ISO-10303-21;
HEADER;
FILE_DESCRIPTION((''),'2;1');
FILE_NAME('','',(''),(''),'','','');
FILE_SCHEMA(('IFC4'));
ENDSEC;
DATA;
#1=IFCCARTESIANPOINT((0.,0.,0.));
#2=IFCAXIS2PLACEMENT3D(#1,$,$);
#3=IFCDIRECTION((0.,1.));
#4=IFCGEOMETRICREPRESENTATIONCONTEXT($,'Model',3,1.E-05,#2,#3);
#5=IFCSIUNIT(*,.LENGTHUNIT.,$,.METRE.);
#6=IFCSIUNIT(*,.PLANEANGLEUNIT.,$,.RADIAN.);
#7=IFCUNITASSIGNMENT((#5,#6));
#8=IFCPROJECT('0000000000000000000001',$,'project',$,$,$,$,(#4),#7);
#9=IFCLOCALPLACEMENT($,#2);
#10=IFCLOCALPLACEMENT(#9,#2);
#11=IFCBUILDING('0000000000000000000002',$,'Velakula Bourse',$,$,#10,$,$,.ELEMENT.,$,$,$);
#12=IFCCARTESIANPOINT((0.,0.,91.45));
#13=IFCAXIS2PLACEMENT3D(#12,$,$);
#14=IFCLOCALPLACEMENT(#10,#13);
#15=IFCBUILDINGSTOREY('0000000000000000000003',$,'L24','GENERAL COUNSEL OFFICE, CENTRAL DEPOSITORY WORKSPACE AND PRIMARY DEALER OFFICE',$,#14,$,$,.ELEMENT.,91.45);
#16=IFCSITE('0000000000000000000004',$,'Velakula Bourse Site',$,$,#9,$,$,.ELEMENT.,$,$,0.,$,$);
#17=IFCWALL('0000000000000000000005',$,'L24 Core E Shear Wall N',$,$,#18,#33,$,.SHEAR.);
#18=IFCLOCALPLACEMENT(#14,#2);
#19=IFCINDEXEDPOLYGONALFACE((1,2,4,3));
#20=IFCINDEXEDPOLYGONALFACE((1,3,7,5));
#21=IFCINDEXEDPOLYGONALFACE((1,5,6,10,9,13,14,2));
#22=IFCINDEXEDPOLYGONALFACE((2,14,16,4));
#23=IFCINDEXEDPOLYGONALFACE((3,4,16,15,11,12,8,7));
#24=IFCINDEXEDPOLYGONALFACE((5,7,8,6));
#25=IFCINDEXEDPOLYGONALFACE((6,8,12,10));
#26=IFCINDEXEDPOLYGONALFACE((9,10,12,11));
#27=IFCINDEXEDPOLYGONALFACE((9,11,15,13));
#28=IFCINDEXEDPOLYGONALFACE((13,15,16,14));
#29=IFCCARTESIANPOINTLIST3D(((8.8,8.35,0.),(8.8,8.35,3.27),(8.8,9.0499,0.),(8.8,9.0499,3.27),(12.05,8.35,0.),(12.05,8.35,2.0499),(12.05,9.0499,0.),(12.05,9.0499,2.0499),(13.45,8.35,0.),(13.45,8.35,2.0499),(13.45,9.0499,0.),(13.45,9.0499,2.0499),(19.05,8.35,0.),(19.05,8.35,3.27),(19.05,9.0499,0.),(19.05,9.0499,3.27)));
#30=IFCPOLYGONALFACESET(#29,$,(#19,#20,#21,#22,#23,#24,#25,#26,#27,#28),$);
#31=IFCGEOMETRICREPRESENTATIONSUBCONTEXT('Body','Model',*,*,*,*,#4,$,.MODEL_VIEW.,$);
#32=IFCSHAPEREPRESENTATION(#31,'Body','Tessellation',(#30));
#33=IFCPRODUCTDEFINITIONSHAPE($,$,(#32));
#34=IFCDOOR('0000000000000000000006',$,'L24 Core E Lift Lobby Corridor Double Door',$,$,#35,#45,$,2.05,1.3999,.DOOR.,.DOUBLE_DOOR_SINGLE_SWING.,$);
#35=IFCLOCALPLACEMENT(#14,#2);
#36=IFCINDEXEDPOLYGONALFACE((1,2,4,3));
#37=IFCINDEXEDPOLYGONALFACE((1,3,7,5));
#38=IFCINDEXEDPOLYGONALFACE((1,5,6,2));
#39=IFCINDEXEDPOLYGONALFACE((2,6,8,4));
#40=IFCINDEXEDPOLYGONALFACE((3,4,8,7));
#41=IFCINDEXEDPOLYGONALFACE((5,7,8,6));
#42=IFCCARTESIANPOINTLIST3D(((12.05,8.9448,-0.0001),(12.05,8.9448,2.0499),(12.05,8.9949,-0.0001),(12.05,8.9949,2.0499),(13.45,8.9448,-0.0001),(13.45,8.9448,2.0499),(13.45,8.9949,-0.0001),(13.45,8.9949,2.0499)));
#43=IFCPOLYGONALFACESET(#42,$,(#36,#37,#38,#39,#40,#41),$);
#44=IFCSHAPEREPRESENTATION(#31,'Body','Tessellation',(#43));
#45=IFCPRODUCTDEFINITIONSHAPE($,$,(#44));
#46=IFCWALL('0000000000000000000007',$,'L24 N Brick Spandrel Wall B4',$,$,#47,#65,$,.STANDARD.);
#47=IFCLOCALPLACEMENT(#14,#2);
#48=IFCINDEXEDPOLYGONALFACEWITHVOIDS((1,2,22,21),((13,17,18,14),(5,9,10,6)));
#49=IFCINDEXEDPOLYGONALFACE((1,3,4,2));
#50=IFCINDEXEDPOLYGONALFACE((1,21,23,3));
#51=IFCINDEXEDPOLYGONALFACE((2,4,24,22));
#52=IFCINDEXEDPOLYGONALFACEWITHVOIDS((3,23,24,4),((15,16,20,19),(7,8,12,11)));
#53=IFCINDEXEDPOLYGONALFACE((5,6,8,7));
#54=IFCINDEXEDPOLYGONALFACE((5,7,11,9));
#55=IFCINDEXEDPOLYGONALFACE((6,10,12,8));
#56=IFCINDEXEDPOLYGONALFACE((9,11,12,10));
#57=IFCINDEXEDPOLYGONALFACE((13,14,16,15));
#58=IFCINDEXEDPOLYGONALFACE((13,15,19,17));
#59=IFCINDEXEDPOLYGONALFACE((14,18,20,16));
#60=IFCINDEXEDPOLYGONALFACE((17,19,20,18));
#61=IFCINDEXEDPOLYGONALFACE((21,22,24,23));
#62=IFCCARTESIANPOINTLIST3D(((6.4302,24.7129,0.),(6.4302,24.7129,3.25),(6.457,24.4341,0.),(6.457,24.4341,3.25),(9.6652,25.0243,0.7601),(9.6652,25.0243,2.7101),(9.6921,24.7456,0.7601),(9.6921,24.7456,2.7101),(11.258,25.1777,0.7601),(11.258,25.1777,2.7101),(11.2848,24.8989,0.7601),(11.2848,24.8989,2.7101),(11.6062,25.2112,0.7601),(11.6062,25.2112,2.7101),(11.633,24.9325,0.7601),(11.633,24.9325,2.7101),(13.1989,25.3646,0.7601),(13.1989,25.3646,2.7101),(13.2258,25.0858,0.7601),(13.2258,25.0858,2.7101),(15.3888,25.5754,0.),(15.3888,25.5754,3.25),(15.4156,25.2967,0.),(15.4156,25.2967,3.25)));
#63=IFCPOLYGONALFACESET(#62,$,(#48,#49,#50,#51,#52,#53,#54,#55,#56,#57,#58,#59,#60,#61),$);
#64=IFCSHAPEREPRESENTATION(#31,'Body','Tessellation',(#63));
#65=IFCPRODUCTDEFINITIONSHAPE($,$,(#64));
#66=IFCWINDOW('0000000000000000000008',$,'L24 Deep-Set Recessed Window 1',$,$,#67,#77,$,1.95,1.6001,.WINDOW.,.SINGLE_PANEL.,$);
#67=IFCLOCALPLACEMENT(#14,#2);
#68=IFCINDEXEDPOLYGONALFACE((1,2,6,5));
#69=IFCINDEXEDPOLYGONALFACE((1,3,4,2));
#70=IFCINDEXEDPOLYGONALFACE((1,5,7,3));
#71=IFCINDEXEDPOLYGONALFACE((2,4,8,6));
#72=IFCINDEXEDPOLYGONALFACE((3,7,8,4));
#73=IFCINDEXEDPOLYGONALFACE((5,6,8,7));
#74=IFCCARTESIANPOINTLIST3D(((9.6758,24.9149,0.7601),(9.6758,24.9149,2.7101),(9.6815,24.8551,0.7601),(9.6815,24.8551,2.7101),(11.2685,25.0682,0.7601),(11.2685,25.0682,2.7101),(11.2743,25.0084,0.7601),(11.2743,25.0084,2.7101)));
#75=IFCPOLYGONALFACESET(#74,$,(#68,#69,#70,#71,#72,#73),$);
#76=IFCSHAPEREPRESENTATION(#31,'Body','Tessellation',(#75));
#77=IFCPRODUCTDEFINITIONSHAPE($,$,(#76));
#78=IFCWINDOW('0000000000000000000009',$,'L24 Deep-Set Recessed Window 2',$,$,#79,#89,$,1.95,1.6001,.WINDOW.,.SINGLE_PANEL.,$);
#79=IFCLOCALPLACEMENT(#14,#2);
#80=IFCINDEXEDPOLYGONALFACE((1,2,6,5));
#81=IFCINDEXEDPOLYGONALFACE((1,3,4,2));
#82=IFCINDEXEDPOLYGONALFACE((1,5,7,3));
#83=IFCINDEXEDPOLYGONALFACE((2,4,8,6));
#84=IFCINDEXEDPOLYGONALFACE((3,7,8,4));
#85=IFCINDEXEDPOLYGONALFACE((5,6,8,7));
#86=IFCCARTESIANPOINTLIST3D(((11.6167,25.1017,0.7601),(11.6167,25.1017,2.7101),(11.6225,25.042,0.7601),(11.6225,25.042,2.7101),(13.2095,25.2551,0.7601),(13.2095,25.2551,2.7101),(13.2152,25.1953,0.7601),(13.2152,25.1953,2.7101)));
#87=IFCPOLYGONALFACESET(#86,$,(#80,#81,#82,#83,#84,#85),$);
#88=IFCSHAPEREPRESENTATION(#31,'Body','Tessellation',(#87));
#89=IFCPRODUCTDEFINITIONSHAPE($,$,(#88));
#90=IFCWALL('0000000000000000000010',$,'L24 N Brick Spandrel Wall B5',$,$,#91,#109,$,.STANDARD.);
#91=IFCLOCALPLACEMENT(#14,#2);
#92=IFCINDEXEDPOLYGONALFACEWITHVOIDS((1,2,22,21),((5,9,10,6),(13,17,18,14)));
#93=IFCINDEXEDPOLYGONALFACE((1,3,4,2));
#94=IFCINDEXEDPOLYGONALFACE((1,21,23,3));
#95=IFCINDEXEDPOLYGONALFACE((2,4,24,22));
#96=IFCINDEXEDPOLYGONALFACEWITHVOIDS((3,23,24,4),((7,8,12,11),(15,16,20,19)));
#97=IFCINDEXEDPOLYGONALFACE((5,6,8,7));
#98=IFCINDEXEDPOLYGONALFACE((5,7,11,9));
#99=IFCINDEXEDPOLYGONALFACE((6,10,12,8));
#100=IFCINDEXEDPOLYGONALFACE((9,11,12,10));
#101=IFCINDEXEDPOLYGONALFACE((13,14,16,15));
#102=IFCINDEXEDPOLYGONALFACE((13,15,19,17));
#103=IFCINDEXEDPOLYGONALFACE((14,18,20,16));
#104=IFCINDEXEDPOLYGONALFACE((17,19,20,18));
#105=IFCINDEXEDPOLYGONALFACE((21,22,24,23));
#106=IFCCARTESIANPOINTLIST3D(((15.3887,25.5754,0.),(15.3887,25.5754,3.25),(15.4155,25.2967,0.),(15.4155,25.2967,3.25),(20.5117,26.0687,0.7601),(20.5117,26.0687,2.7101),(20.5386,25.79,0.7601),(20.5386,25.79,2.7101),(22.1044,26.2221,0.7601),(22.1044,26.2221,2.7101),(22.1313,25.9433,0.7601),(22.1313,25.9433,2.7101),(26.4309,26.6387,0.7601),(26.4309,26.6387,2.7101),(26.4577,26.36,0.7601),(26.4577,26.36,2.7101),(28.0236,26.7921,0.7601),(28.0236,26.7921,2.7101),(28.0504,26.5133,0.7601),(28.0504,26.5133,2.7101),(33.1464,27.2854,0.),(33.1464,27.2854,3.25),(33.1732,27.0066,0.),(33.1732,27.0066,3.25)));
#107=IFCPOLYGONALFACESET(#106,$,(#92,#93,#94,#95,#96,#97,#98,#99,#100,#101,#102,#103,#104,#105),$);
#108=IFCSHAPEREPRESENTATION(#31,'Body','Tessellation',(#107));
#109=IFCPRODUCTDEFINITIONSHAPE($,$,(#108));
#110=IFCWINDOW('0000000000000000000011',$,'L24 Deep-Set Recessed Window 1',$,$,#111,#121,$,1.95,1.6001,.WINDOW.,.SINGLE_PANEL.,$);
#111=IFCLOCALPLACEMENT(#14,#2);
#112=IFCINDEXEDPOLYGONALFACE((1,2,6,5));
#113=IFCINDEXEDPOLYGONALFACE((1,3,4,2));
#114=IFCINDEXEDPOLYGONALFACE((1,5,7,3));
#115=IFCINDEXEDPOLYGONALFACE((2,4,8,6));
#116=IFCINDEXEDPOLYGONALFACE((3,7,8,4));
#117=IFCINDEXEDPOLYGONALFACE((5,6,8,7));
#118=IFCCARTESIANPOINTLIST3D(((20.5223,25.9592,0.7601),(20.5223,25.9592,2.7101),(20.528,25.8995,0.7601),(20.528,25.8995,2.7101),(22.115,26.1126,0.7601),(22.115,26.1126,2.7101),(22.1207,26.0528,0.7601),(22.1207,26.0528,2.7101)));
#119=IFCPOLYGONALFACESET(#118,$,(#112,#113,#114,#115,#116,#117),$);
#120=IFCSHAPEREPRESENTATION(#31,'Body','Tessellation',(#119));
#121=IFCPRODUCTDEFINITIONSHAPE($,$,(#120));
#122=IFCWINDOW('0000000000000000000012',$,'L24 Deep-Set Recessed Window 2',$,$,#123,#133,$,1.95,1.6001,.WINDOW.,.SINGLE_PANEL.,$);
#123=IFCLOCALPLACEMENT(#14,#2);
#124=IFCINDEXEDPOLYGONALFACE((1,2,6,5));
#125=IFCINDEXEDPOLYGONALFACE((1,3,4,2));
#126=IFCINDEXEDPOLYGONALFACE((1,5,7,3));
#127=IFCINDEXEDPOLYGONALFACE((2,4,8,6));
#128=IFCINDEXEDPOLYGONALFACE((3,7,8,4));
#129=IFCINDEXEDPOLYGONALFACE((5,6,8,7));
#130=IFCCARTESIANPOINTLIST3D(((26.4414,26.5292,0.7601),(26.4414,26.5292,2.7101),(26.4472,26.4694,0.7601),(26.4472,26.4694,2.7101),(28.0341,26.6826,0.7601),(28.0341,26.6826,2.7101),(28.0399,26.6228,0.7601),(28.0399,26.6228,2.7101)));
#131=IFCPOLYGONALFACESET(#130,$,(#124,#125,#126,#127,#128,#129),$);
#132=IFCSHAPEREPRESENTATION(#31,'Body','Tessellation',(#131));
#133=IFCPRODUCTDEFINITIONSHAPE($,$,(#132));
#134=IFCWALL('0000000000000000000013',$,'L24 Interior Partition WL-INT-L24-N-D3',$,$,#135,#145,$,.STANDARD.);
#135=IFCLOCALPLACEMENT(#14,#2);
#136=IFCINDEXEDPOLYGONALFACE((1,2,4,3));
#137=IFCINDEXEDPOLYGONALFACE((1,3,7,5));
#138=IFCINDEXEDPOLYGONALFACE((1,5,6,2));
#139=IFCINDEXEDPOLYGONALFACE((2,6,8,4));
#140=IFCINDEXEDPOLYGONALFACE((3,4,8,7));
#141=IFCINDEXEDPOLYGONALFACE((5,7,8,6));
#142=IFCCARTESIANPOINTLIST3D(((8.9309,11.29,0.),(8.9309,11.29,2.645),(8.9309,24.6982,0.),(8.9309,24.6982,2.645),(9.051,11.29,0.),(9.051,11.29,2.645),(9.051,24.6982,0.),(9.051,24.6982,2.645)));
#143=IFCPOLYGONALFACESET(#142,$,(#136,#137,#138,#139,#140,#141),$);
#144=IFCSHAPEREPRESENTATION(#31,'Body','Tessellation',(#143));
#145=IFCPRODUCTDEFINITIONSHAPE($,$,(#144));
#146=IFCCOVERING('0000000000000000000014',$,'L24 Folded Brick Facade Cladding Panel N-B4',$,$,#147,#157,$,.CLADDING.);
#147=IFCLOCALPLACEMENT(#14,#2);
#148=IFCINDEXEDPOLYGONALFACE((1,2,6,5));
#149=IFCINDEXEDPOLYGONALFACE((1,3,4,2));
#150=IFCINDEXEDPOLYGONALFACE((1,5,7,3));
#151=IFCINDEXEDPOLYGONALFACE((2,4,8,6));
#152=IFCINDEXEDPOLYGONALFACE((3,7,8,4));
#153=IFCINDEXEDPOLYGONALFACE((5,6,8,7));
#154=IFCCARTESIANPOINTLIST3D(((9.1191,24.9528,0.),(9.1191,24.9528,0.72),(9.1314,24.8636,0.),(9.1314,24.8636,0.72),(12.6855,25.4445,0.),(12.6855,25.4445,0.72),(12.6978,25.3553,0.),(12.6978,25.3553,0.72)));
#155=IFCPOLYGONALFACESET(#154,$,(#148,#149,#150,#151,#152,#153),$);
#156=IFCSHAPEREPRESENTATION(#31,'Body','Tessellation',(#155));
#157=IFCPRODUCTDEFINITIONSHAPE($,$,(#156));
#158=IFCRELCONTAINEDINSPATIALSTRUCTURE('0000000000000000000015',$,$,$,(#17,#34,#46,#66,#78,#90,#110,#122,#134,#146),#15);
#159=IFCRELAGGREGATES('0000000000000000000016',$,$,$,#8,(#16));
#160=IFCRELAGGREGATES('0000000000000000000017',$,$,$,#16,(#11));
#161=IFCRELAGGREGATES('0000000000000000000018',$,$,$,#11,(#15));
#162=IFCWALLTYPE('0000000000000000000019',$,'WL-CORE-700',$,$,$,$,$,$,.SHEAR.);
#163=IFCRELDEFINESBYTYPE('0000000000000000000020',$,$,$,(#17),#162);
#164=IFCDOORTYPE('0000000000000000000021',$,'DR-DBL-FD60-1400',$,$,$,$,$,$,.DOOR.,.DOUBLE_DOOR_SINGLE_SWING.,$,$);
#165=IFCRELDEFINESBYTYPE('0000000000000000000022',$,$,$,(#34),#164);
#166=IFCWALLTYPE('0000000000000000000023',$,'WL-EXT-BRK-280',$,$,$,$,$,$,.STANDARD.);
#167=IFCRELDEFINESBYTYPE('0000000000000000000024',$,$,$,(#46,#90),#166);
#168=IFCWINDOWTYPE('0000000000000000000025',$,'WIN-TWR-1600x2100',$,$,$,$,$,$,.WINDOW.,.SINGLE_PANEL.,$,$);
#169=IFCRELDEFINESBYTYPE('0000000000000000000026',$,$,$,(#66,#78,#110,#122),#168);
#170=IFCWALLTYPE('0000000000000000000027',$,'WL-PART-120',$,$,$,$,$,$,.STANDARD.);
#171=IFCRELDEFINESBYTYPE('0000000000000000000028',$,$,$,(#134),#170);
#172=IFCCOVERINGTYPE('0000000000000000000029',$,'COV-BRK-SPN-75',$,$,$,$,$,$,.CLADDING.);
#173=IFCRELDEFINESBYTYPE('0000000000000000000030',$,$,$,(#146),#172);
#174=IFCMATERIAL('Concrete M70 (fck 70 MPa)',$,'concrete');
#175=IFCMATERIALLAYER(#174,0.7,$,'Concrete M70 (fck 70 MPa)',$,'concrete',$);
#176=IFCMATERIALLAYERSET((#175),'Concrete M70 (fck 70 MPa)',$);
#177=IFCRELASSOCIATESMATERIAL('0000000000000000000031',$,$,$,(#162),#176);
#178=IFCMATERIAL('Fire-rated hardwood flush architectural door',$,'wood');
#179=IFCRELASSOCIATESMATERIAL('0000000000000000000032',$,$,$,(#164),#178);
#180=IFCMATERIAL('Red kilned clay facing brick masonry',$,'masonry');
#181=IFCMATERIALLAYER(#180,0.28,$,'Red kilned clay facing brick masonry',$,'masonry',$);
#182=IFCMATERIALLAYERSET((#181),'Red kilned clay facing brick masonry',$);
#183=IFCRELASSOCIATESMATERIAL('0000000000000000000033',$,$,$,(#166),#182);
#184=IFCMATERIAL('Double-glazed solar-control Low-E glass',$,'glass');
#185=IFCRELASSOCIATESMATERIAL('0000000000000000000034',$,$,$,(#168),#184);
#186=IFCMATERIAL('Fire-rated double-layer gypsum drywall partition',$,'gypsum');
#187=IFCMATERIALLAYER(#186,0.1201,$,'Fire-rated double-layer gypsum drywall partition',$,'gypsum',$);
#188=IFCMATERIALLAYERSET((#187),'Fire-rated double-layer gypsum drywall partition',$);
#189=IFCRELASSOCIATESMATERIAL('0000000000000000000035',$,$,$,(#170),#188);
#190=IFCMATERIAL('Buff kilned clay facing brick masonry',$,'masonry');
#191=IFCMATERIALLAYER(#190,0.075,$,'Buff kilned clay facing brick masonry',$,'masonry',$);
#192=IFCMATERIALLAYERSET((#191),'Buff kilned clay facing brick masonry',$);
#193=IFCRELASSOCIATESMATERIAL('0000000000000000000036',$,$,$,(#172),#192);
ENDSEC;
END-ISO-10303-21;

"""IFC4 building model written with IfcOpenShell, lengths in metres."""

from ifc_helpers import new_model, si_unit, direction, frame, frame_2d, origin, origin_2d, place, context, subcontext, project, spatial, rectangle, extrude, material, layer, layer_set, type_object, element, fill, save


model = new_model("IFC4")

# Units and contexts
model_context = context("Model", 3, precision=1e-05, world=origin(), true_north=direction((0.0, 1.0)))
body_context = subcontext(model_context, "Body", "Model", "MODEL_VIEW")
ifc_project = project(units=[si_unit("LENGTHUNIT", "METRE"), si_unit("PLANEANGLEUNIT", "RADIAN")], contexts=[model_context])

# Site, building, storey
site_placement = place(None, origin())
site = spatial("IfcSite", under=ifc_project, at=site_placement, Name="Velakula Bourse Site", CompositionType="ELEMENT", RefElevation=0.0)
building_placement = place(site_placement, origin())
building = spatial("IfcBuilding", under=site, at=building_placement, Name="Velakula Bourse", CompositionType="ELEMENT")
storey_placement = place(building_placement, frame((0.0, 0.0, 91.45)))
storey = spatial("IfcBuildingStorey", under=building, at=storey_placement, Name="L24", Description="GENERAL COUNSEL OFFICE, CENTRAL DEPOSITORY WORKSPACE AND PRIMARY DEALER OFFICE", CompositionType="ELEMENT", Elevation=91.45)

# Wall, opening, door
ifc_material_1 = material(Name="Concrete M70 (fck 70 MPa)", Category="concrete")
ifc_layer_1 = layer(ifc_material_1, 0.7, Name="Concrete M70 (fck 70 MPa)", Category="concrete")
ifc_layer_set_1 = layer_set([ifc_layer_1], Name="Concrete M70 (fck 70 MPa)")
wall_type_1 = type_object("IfcWallType", Name="WL-CORE-700", PredefinedType="SHEAR", material=ifc_layer_set_1)
wall_1_placement = place(storey_placement, frame((8.8, 8.7, 0.0), z_axis=(0.0, 0.0, 1.0), x_axis=(1.0, 0.0, 0.0)))
wall_1 = element("IfcWall", 1, at=wall_1_placement, inside=storey, type_object=wall_type_1, Name="L24 Core E Shear Wall N", PredefinedType="SHEAR", context=body_context, shape_type="SweptSolid", body=[
    extrude(rectangle(XDim=10.25, YDim=0.7, at=frame_2d((5.125, 0.0))), origin(), (0.0, 0.0, 1.0), 3.27),
])
opening_1_placement = place(wall_1_placement, frame((3.25, 0.0, 0.0)))
opening_1 = element("IfcOpeningElement", 2, at=opening_1_placement, cuts=wall_1, PredefinedType="OPENING", context=body_context, shape_type="SweptSolid", body=[
    extrude(rectangle(XDim=1.3999, YDim=2.05, at=frame_2d((0.7, 1.0249))), frame((0.0, 0.3599, 0.0), z_axis=(0.0, -1.0, 0.0), x_axis=(1.0, 0.0, 0.0)), (0.0, 0.0, 1.0), 0.72),
])
ifc_material_2 = material(Name="Fire-rated hardwood flush architectural door", Category="wood")
door_type = type_object("IfcDoorType", Name="DR-DBL-FD60-1400", OperationType="DOUBLE_DOOR_SINGLE_SWING", PredefinedType="DOOR", material=ifc_material_2)
door_placement = place(opening_1_placement, origin())
door = element("IfcDoor", 3, at=door_placement, inside=storey, type_object=door_type, Name="L24 Core E Lift Lobby Corridor Double Door", OperationType="DOUBLE_DOOR_SINGLE_SWING", OverallHeight=2.05, OverallWidth=1.3999, PredefinedType="DOOR", context=body_context, shape_type="SweptSolid", body=[
    extrude(rectangle(XDim=1.3999, YDim=2.05, at=frame_2d((0.7, 1.0249))), frame((0.0, 0.2949, 0.0), z_axis=(0.0, -1.0, 0.0), x_axis=(1.0, 0.0, 0.0)), (0.0, 0.0, 1.0), 0.05),
])
fill(opening_1, door)

# Walls, openings, windows
ifc_material_3 = material(Name="Red kilned clay facing brick masonry", Category="masonry")
ifc_layer_2 = layer(ifc_material_3, 0.28, Name="Red kilned clay facing brick masonry", Category="masonry")
ifc_layer_set_2 = layer_set([ifc_layer_2], Name="Red kilned clay facing brick masonry")
wall_type_2 = type_object("IfcWallType", Name="WL-EXT-BRK-280", PredefinedType="STANDARD", material=ifc_layer_set_2)
wall_2_placement = place(storey_placement, frame((6.4436, 24.5735, 0.0), z_axis=(0.0, 0.0, 1.0), x_axis=(0.995397, 0.09584, 0.0)))
wall_2 = element("IfcWall", 4, at=wall_2_placement, inside=storey, type_object=wall_type_2, Name="L24 N Brick Spandrel Wall B4", PredefinedType="STANDARD", context=body_context, shape_type="SweptSolid", body=[
    extrude(rectangle(XDim=9.0, YDim=0.28, at=frame_2d((4.5, 0.0))), origin(), (0.0, 0.0, 1.0), 3.25),
])
opening_2_placement = place(wall_2_placement, frame((3.25, 0.0, 0.76)))
opening_2 = element("IfcOpeningElement", 5, at=opening_2_placement, cuts=wall_2, PredefinedType="OPENING", context=body_context, shape_type="SweptSolid", body=[
    extrude(rectangle(XDim=1.6001, YDim=1.95, at=frame_2d((0.8, 0.9751))), frame((0.0, 0.1499, 0.0), z_axis=(0.0, -1.0, 0.0), x_axis=(1.0, 0.0, 0.0)), (0.0, 0.0, 1.0), 0.3),
])
opening_3_placement = place(wall_2_placement, frame((5.2, 0.0, 0.76)))
opening_3 = element("IfcOpeningElement", 6, at=opening_3_placement, cuts=wall_2, PredefinedType="OPENING", context=body_context, shape_type="SweptSolid", body=[
    extrude(rectangle(XDim=1.6001, YDim=1.95, at=frame_2d((0.8, 0.9751))), frame((0.0, 0.1499, 0.0), z_axis=(0.0, -1.0, 0.0), x_axis=(1.0, 0.0, 0.0)), (0.0, 0.0, 1.0), 0.3),
])
ifc_material_4 = material(Name="Double-glazed solar-control Low-E glass", Category="glass")
window_type = type_object("IfcWindowType", Name="WIN-TWR-1600x2100", PartitioningType="SINGLE_PANEL", PredefinedType="WINDOW", material=ifc_material_4)
window_1_placement = place(opening_2_placement, origin())
window_1 = element("IfcWindow", 7, at=window_1_placement, inside=storey, type_object=window_type, Name="L24 Deep-Set Recessed Window 1", OverallHeight=1.95, OverallWidth=1.6001, PartitioningType="SINGLE_PANEL", PredefinedType="WINDOW", context=body_context, shape_type="SweptSolid", body=[
    extrude(rectangle(XDim=1.6001, YDim=1.95, at=frame_2d((0.8, 0.9751))), frame((0.0, 0.03, 0.0), z_axis=(0.0, -1.0, 0.0), x_axis=(1.0, 0.0, 0.0)), (0.0, 0.0, 1.0), 0.0601),
])
fill(opening_2, window_1)
window_2_placement = place(opening_3_placement, origin())
window_2 = element("IfcWindow", 8, at=window_2_placement, inside=storey, type_object=window_type, Name="L24 Deep-Set Recessed Window 2", OverallHeight=1.95, OverallWidth=1.6001, PartitioningType="SINGLE_PANEL", PredefinedType="WINDOW", context=body_context, shape_type="SweptSolid", body=[
    extrude(rectangle(XDim=1.6001, YDim=1.95, at=frame_2d((0.8, 0.9751))), frame((0.0, 0.03, 0.0), z_axis=(0.0, -1.0, 0.0), x_axis=(1.0, 0.0, 0.0)), (0.0, 0.0, 1.0), 0.0601),
])
fill(opening_3, window_2)
wall_3_placement = place(storey_placement, frame((15.4021, 25.436, 0.0), z_axis=(0.0, 0.0, 1.0), x_axis=(0.995396, 0.09585, 0.0)))
wall_3 = element("IfcWall", 9, at=wall_3_placement, inside=storey, type_object=wall_type_2, Name="L24 N Brick Spandrel Wall B5", PredefinedType="STANDARD", context=body_context, shape_type="SweptSolid", body=[
    extrude(rectangle(XDim=17.8398, YDim=0.28, at=frame_2d((8.9199, 0.0))), origin(), (0.0, 0.0, 1.0), 3.25),
])
opening_4_placement = place(wall_3_placement, frame((5.1467, 0.0, 0.76)))
opening_4 = element("IfcOpeningElement", 10, at=opening_4_placement, cuts=wall_3, PredefinedType="OPENING", context=body_context, shape_type="SweptSolid", body=[
    extrude(rectangle(XDim=1.6001, YDim=1.95, at=frame_2d((0.8, 0.9751))), frame((0.0, 0.1499, 0.0), z_axis=(0.0, -1.0, 0.0), x_axis=(1.0, 0.0, 0.0)), (0.0, 0.0, 1.0), 0.3),
])
opening_5_placement = place(wall_3_placement, frame((11.0933, 0.0, 0.76)))
opening_5 = element("IfcOpeningElement", 11, at=opening_5_placement, cuts=wall_3, PredefinedType="OPENING", context=body_context, shape_type="SweptSolid", body=[
    extrude(rectangle(XDim=1.6001, YDim=1.95, at=frame_2d((0.8, 0.9751))), frame((0.0, 0.1499, 0.0), z_axis=(0.0, -1.0, 0.0), x_axis=(1.0, 0.0, 0.0)), (0.0, 0.0, 1.0), 0.3),
])
window_3_placement = place(opening_4_placement, origin())
window_3 = element("IfcWindow", 12, at=window_3_placement, inside=storey, type_object=window_type, Name="L24 Deep-Set Recessed Window 1", OverallHeight=1.95, OverallWidth=1.6001, PartitioningType="SINGLE_PANEL", PredefinedType="WINDOW", context=body_context, shape_type="SweptSolid", body=[
    extrude(rectangle(XDim=1.6001, YDim=1.95, at=frame_2d((0.8, 0.9751))), frame((0.0, 0.03, 0.0), z_axis=(0.0, -1.0, 0.0), x_axis=(1.0, 0.0, 0.0)), (0.0, 0.0, 1.0), 0.0601),
])
fill(opening_4, window_3)
window_4_placement = place(opening_5_placement, origin())
window_4 = element("IfcWindow", 13, at=window_4_placement, inside=storey, type_object=window_type, Name="L24 Deep-Set Recessed Window 2", OverallHeight=1.95, OverallWidth=1.6001, PartitioningType="SINGLE_PANEL", PredefinedType="WINDOW", context=body_context, shape_type="SweptSolid", body=[
    extrude(rectangle(XDim=1.6001, YDim=1.95, at=frame_2d((0.8, 0.9751))), frame((0.0, 0.03, 0.0), z_axis=(0.0, -1.0, 0.0), x_axis=(1.0, 0.0, 0.0)), (0.0, 0.0, 1.0), 0.0601),
])
fill(opening_5, window_4)

# Wall
ifc_material_5 = material(Name="Fire-rated double-layer gypsum drywall partition", Category="gypsum")
ifc_layer_3 = layer(ifc_material_5, 0.1201, Name="Fire-rated double-layer gypsum drywall partition", Category="gypsum")
ifc_layer_set_3 = layer_set([ifc_layer_3], Name="Fire-rated double-layer gypsum drywall partition")
wall_type_3 = type_object("IfcWallType", Name="WL-PART-120", PredefinedType="STANDARD", material=ifc_layer_set_3)
wall_4_placement = place(storey_placement, frame((8.991, 11.29, 0.0), z_axis=(0.0, 0.0, 1.0), x_axis=(0.0, 1.0, 0.0)))
element("IfcWall", 14, at=wall_4_placement, inside=storey, type_object=wall_type_3, Name="L24 Interior Partition WL-INT-L24-N-D3", PredefinedType="STANDARD", context=body_context, shape_type="SweptSolid", body=[
    extrude(rectangle(XDim=13.4082, YDim=0.1201, at=frame_2d((6.7041, 0.0))), origin(), (0.0, 0.0, 1.0), 2.645),
])

# Covering
ifc_material_6 = material(Name="Buff kilned clay facing brick masonry", Category="masonry")
ifc_layer_4 = layer(ifc_material_6, 0.075, Name="Buff kilned clay facing brick masonry", Category="masonry")
ifc_layer_set_4 = layer_set([ifc_layer_4], Name="Buff kilned clay facing brick masonry")
covering_type = type_object("IfcCoveringType", Name="COV-BRK-SPN-75", PredefinedType="CLADDING", material=ifc_layer_set_4)
covering_placement = place(storey_placement, frame((10.9084, 25.1541, 0.0), z_axis=(0.0, 0.0, 1.0), x_axis=(0.990629, 0.13658, 0.0)))
element("IfcCovering", 15, at=covering_placement, inside=storey, type_object=covering_type, Name="L24 Folded Brick Facade Cladding Panel N-B4", PredefinedType="CLADDING", context=body_context, shape_type="SweptSolid", body=[
    extrude(rectangle(XDim=3.6001, YDim=0.0901, at=origin_2d()), origin(), (0.0, 0.0, 1.0), 0.72),
])

save(model, "model.ifc")
